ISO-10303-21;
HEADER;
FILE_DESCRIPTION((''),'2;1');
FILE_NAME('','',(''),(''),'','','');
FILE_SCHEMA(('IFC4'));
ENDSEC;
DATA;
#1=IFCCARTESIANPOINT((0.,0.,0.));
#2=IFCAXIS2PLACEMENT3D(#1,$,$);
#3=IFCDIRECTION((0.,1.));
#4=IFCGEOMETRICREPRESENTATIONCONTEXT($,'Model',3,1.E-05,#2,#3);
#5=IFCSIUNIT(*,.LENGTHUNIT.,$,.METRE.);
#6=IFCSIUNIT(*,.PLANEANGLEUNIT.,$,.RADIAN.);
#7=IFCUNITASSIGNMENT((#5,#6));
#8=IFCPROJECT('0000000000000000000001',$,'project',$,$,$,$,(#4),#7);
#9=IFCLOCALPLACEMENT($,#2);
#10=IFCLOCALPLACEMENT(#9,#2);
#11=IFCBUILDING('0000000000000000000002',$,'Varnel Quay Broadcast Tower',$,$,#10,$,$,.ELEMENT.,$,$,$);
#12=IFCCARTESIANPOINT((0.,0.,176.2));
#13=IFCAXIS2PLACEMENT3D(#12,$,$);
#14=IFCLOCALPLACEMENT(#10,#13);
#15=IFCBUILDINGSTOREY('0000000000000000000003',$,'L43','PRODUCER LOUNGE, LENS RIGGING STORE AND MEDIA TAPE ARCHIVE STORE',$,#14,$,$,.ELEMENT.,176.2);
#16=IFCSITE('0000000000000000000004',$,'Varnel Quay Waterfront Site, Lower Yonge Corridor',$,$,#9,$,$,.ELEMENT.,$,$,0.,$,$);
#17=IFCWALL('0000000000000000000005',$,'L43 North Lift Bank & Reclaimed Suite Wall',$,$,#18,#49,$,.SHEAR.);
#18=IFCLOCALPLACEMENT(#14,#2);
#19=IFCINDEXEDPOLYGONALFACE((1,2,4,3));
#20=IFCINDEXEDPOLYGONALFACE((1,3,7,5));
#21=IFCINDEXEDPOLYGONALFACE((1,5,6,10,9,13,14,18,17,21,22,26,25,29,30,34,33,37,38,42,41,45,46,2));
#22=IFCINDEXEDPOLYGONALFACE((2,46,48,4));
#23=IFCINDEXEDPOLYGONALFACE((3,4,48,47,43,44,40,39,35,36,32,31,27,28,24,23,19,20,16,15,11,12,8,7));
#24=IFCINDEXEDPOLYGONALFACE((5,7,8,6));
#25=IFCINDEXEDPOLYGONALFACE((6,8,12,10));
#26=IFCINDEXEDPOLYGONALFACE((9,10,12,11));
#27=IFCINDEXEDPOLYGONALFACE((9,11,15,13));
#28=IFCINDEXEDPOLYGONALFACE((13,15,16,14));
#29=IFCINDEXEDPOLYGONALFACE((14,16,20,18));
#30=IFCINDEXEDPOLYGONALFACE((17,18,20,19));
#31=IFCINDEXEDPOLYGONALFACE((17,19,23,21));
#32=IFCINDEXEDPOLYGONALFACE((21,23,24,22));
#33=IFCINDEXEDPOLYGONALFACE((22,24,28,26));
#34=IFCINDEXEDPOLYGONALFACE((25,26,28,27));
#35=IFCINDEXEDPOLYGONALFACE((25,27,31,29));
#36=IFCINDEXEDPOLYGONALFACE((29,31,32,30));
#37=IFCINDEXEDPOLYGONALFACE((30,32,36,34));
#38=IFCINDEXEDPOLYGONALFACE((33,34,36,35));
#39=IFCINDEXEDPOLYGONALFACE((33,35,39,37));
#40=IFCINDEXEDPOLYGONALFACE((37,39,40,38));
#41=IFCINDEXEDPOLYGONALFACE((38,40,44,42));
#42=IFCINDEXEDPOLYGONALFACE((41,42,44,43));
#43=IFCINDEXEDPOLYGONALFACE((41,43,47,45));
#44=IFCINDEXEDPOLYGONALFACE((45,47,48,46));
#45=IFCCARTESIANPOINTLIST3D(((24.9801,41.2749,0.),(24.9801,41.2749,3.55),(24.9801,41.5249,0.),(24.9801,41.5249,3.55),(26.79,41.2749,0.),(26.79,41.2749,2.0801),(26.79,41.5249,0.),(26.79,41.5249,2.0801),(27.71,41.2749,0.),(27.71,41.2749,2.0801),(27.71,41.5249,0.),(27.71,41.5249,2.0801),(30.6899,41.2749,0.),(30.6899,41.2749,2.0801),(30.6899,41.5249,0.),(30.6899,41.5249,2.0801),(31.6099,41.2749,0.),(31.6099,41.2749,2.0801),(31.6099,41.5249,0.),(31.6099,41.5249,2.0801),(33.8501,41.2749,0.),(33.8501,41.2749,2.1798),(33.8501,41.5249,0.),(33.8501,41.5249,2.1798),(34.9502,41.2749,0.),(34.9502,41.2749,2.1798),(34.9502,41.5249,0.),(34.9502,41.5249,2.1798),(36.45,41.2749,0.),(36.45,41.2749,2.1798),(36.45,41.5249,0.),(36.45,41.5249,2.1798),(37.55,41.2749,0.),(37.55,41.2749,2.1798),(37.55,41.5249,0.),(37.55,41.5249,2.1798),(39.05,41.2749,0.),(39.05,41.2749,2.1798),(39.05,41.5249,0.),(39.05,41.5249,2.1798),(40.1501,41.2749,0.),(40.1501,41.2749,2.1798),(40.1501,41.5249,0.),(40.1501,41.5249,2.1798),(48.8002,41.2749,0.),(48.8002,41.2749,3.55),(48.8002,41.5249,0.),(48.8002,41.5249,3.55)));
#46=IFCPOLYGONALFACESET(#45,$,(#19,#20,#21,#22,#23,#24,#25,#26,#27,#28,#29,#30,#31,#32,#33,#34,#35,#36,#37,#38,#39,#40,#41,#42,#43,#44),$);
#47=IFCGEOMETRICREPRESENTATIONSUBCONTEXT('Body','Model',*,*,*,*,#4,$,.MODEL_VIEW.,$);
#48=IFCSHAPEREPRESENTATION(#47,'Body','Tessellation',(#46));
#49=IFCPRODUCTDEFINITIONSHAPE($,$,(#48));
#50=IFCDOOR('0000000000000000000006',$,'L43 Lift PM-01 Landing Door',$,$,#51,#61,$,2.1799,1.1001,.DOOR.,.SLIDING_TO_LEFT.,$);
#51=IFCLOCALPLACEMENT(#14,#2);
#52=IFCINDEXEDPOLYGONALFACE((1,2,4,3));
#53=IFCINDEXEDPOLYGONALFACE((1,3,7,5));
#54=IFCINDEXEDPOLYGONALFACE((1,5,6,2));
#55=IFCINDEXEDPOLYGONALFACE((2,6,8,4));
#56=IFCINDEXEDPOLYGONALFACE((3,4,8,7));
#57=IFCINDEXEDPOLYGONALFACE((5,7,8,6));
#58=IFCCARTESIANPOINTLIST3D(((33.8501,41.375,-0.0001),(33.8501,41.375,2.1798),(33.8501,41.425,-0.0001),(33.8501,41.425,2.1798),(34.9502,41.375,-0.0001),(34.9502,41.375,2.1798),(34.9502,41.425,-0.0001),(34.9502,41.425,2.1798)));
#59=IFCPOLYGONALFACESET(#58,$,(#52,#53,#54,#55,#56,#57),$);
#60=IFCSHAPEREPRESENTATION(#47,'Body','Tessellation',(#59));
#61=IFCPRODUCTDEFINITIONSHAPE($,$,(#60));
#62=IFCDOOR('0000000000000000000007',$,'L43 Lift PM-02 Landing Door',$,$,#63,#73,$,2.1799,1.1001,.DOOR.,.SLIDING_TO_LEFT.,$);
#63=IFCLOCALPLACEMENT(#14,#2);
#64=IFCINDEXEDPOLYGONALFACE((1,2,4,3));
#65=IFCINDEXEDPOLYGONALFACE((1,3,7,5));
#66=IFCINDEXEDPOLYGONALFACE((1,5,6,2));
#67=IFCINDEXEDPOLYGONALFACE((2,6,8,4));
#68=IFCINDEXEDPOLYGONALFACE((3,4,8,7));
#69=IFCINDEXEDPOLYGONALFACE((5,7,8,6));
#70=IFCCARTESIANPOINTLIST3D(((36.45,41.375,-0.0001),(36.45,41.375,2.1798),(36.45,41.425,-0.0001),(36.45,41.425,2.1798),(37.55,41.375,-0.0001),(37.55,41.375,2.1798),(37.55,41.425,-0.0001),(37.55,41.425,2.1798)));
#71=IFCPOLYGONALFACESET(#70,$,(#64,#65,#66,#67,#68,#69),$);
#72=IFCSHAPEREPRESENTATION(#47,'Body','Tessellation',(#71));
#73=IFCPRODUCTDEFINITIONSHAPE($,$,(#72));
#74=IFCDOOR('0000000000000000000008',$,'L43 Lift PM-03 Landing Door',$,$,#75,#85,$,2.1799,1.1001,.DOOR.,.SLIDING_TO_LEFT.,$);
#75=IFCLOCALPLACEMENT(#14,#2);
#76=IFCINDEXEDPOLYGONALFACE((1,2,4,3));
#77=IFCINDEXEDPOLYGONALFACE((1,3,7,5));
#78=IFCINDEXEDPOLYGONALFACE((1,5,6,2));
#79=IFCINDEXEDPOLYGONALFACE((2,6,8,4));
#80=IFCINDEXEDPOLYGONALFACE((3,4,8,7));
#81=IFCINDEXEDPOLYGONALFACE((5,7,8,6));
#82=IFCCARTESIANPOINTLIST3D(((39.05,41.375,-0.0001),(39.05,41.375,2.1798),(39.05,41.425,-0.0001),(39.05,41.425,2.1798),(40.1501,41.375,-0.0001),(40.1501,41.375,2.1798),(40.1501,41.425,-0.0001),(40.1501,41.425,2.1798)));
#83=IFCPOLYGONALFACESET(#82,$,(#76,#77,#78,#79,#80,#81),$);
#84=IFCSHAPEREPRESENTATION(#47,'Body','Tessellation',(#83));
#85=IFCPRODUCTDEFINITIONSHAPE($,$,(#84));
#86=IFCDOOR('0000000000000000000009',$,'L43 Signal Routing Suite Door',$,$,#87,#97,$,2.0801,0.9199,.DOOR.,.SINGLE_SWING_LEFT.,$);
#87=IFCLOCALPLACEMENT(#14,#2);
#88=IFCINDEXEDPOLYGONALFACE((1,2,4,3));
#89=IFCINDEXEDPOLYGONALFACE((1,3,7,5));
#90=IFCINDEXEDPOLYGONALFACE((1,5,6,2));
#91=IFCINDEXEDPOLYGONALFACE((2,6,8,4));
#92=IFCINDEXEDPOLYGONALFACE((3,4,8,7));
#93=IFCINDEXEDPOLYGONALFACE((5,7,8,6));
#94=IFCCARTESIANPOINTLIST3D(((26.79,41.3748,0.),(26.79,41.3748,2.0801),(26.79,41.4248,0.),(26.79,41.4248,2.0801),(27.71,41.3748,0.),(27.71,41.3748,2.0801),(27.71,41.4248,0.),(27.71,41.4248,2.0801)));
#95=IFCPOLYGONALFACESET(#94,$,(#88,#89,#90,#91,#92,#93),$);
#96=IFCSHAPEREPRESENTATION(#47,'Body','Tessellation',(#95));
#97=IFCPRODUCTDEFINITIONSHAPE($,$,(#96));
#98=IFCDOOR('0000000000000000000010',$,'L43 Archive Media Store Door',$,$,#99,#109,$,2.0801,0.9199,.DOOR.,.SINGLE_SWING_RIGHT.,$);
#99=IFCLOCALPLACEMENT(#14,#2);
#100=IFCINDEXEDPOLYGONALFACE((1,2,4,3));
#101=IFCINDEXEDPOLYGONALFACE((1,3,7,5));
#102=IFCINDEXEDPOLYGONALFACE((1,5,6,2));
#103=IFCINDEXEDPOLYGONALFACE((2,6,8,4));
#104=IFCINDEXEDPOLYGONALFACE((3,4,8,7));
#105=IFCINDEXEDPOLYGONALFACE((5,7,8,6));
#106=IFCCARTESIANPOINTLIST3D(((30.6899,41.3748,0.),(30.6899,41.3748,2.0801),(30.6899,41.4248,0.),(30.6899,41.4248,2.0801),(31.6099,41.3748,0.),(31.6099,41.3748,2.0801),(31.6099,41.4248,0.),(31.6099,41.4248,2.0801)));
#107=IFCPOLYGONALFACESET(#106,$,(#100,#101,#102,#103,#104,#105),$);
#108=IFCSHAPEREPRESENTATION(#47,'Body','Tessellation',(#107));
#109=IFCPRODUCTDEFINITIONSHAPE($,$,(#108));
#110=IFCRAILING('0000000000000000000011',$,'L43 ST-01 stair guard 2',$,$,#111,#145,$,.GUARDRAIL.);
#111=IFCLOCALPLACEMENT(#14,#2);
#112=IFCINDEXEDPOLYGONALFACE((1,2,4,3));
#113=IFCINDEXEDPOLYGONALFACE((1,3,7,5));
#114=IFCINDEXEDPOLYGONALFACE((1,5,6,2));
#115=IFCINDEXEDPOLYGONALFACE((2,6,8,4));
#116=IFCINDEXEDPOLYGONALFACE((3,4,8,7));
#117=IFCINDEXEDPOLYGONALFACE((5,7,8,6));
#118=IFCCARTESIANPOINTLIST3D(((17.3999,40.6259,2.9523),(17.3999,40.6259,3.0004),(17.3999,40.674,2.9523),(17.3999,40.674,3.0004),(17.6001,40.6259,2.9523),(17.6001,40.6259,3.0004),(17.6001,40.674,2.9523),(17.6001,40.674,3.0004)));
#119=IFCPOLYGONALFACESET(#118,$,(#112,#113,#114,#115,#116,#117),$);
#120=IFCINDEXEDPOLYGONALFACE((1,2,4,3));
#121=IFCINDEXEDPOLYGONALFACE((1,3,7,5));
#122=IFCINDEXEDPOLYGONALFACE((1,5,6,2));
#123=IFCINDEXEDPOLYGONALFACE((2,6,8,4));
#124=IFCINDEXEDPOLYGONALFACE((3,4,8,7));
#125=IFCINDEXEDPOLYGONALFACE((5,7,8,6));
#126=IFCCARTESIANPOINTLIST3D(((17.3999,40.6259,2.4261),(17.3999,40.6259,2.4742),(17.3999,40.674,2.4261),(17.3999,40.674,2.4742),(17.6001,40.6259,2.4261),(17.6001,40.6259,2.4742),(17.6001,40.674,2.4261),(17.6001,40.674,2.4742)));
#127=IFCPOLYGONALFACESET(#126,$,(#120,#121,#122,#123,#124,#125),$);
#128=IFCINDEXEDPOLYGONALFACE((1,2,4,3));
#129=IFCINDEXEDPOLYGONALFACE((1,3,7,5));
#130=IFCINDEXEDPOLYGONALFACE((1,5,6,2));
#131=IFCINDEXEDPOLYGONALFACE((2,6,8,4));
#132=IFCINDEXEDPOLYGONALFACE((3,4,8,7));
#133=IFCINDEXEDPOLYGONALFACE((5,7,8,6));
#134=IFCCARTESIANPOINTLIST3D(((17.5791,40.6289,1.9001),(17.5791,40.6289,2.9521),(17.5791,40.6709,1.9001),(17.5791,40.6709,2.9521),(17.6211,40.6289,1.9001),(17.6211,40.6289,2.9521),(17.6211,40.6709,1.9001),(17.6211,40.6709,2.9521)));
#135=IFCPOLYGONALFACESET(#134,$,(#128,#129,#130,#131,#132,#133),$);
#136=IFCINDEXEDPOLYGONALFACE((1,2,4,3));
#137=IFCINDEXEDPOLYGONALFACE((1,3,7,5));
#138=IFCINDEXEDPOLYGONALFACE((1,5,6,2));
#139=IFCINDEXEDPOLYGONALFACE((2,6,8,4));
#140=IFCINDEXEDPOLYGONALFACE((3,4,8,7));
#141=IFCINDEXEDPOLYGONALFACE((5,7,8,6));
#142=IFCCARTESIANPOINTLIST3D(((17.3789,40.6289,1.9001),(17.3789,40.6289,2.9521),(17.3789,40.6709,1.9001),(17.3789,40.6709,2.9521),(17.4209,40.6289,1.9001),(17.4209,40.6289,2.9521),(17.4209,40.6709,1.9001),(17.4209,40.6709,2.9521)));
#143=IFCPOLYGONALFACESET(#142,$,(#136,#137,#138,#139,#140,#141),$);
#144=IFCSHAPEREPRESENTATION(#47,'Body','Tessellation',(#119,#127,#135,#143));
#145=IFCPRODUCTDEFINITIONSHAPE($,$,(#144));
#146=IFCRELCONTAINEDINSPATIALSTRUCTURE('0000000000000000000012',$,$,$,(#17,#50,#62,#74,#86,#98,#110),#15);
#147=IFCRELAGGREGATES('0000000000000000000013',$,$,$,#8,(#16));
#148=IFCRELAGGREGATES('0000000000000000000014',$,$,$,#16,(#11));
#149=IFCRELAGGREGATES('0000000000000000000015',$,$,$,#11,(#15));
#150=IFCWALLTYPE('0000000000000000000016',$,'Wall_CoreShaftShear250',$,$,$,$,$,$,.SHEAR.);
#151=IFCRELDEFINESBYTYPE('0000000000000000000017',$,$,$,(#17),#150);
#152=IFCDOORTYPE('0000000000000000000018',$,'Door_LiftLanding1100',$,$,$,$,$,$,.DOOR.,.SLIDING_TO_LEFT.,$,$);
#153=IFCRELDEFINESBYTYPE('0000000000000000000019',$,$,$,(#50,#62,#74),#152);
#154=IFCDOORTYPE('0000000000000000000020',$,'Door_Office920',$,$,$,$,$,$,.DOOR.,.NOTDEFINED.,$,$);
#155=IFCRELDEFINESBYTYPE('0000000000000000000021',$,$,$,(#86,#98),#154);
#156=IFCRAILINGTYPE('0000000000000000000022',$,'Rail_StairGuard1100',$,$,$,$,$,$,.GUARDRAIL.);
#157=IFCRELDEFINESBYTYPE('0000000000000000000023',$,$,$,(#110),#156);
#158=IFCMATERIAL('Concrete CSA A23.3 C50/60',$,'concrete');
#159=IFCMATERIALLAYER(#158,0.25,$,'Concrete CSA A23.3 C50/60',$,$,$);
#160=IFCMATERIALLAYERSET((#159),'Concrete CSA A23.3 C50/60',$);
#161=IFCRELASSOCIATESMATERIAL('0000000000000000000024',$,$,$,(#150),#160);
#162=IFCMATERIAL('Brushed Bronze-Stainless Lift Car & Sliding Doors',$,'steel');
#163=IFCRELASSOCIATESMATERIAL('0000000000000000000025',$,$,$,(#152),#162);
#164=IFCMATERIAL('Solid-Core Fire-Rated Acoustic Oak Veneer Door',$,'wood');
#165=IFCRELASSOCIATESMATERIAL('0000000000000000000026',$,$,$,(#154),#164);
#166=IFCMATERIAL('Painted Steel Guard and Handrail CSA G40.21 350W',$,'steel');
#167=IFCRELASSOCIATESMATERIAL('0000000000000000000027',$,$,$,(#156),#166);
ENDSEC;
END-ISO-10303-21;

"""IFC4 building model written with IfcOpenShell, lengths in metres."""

from ifc_helpers import new_model, si_unit, direction, frame, frame_2d, origin, origin_2d, place, context, subcontext, project, spatial, rectangle, extrude, source, transform, mapped, material, layer, layer_set, type_object, type_shapes, element, fill, save


model = new_model("IFC4")

# Units and contexts
model_context = context("Model", 3, precision=1e-05, world=origin(), true_north=direction((0.0, 1.0)))
body_context = subcontext(model_context, "Body", "Model", "MODEL_VIEW")
ifc_project = project(units=[si_unit("LENGTHUNIT", "METRE"), si_unit("PLANEANGLEUNIT", "RADIAN")], contexts=[model_context])

# Site, building, storey
site_placement = place(None, origin())
site = spatial("IfcSite", under=ifc_project, at=site_placement, Name="Varnel Quay Waterfront Site, Lower Yonge Corridor", CompositionType="ELEMENT", RefElevation=0.0)
building_placement = place(site_placement, origin())
building = spatial("IfcBuilding", under=site, at=building_placement, Name="Varnel Quay Broadcast Tower", CompositionType="ELEMENT")
storey_placement = place(building_placement, frame((0.0, 0.0, 176.2)))
storey = spatial("IfcBuildingStorey", under=building, at=storey_placement, Name="L43", Description="PRODUCER LOUNGE, LENS RIGGING STORE AND MEDIA TAPE ARCHIVE STORE", CompositionType="ELEMENT", Elevation=176.2)

# Shared definitions
ifc_material_1 = material(Name="Concrete CSA A23.3 C50/60", Category="concrete")

# Wall, openings, doors
ifc_layer_1 = layer(ifc_material_1, 0.25, Name="Concrete CSA A23.3 C50/60")
ifc_layer_set_1 = layer_set([ifc_layer_1], Name="Concrete CSA A23.3 C50/60")
wall_type_1 = type_object("IfcWallType", Name="Wall_CoreShaftShear250", PredefinedType="SHEAR", material=ifc_layer_set_1)
wall_1_placement = place(storey_placement, frame((24.98, 41.3999, 0.0), z_axis=(0.0, 0.0, 1.0), x_axis=(1.0, 0.0, 0.0)))
wall_1 = element("IfcWall", 1, at=wall_1_placement, inside=storey, type_object=wall_type_1, Name="L43 North Lift Bank & Reclaimed Suite Wall", PredefinedType="SHEAR", context=body_context, shape_type="SweptSolid", body=[
    extrude(rectangle(XDim=23.8201, YDim=0.25, at=frame_2d((11.9102, 0.0))), origin(), (0.0, 0.0, 1.0), 3.55),
])
opening_1_placement = place(wall_1_placement, frame((8.8701, 0.0, 0.0)))
opening_1 = element("IfcOpeningElement", 2, at=opening_1_placement, cuts=wall_1, PredefinedType="OPENING", context=body_context, shape_type="SweptSolid", body=[
    extrude(rectangle(XDim=1.1001, YDim=2.1799, at=frame_2d((0.55, 1.0898))), frame((0.0, 0.135, 0.0), z_axis=(0.0, -1.0, 0.0), x_axis=(1.0, 0.0, 0.0)), (0.0, 0.0, 1.0), 0.27),
])
opening_2_placement = place(wall_1_placement, frame((11.47, 0.0, 0.0)))
opening_2 = element("IfcOpeningElement", 3, at=opening_2_placement, cuts=wall_1, PredefinedType="OPENING", context=body_context, shape_type="SweptSolid", body=[
    extrude(rectangle(XDim=1.1001, YDim=2.1799, at=frame_2d((0.55, 1.0898))), frame((0.0, 0.135, 0.0), z_axis=(0.0, -1.0, 0.0), x_axis=(1.0, 0.0, 0.0)), (0.0, 0.0, 1.0), 0.27),
])
opening_3_placement = place(wall_1_placement, frame((14.0701, 0.0, 0.0)))
opening_3 = element("IfcOpeningElement", 4, at=opening_3_placement, cuts=wall_1, PredefinedType="OPENING", context=body_context, shape_type="SweptSolid", body=[
    extrude(rectangle(XDim=1.1001, YDim=2.1799, at=frame_2d((0.55, 1.0898))), frame((0.0, 0.135, 0.0), z_axis=(0.0, -1.0, 0.0), x_axis=(1.0, 0.0, 0.0)), (0.0, 0.0, 1.0), 0.27),
])
opening_4_placement = place(wall_1_placement, frame((1.8101, 0.0, 0.0)))
opening_4 = element("IfcOpeningElement", 5, at=opening_4_placement, cuts=wall_1, PredefinedType="OPENING", context=body_context, shape_type="SweptSolid", body=[
    extrude(rectangle(XDim=0.9199, YDim=2.0801, at=frame_2d((0.46, 1.04))), frame((0.0, 0.135, 0.0), z_axis=(0.0, -1.0, 0.0), x_axis=(1.0, 0.0, 0.0)), (0.0, 0.0, 1.0), 0.27),
])
opening_5_placement = place(wall_1_placement, frame((5.71, 0.0, 0.0)))
opening_5 = element("IfcOpeningElement", 6, at=opening_5_placement, cuts=wall_1, PredefinedType="OPENING", context=body_context, shape_type="SweptSolid", body=[
    extrude(rectangle(XDim=0.9199, YDim=2.0801, at=frame_2d((0.46, 1.04))), frame((0.0, 0.135, 0.0), z_axis=(0.0, -1.0, 0.0), x_axis=(1.0, 0.0, 0.0)), (0.0, 0.0, 1.0), 0.27),
])
ifc_material_2 = material(Name="Brushed Bronze-Stainless Lift Car & Sliding Doors", Category="steel")
door_type_1 = type_object("IfcDoorType", Name="Door_LiftLanding1100", OperationType="SLIDING_TO_LEFT", PredefinedType="DOOR", material=ifc_material_2)
shared_shape_1 = source(origin(), body_context, "Body", "SweptSolid", [
    extrude(rectangle(XDim=1.1001, YDim=2.1799, at=frame_2d((0.55, 1.0898))), frame((0.0, 0.0249, 0.0), z_axis=(0.0, -1.0, 0.0), x_axis=(1.0, 0.0, 0.0)), (0.0, 0.0, 1.0), 0.05),
])
type_shapes(door_type_1, [shared_shape_1])
door_1_placement = place(opening_1_placement, frame((1.1001, 0.0, 0.0), z_axis=(0.0, 0.0, 1.0), x_axis=(-1.0, 0.0, 0.0)))
door_1 = element("IfcDoor", 7, at=door_1_placement, inside=storey, type_object=door_type_1, Name="L43 Lift PM-01 Landing Door", OperationType="SLIDING_TO_LEFT", OverallHeight=2.1799, OverallWidth=1.1001, PredefinedType="DOOR", context=body_context, shape_type="MappedRepresentation", body=[
    mapped(shared_shape_1, transform((0.0, 0.0, 0.0), x_axis=(1.0, 0.0, 0.0), y_axis=(0.0, 1.0, 0.0), z_axis=(0.0, 0.0, 1.0), scale=1.0)),
])
fill(opening_1, door_1)
door_2_placement = place(opening_2_placement, frame((1.1001, 0.0, 0.0), z_axis=(0.0, 0.0, 1.0), x_axis=(-1.0, 0.0, 0.0)))
door_2 = element("IfcDoor", 8, at=door_2_placement, inside=storey, type_object=door_type_1, Name="L43 Lift PM-02 Landing Door", OperationType="SLIDING_TO_LEFT", OverallHeight=2.1799, OverallWidth=1.1001, PredefinedType="DOOR", context=body_context, shape_type="MappedRepresentation", body=[
    mapped(shared_shape_1, transform((0.0, 0.0, 0.0), x_axis=(1.0, 0.0, 0.0), y_axis=(0.0, 1.0, 0.0), z_axis=(0.0, 0.0, 1.0), scale=1.0)),
])
fill(opening_2, door_2)
door_3_placement = place(opening_3_placement, frame((1.1001, 0.0, 0.0), z_axis=(0.0, 0.0, 1.0), x_axis=(-1.0, 0.0, 0.0)))
door_3 = element("IfcDoor", 9, at=door_3_placement, inside=storey, type_object=door_type_1, Name="L43 Lift PM-03 Landing Door", OperationType="SLIDING_TO_LEFT", OverallHeight=2.1799, OverallWidth=1.1001, PredefinedType="DOOR", context=body_context, shape_type="MappedRepresentation", body=[
    mapped(shared_shape_1, transform((0.0, 0.0, 0.0), x_axis=(1.0, 0.0, 0.0), y_axis=(0.0, 1.0, 0.0), z_axis=(0.0, 0.0, 1.0), scale=1.0)),
])
fill(opening_3, door_3)
ifc_material_3 = material(Name="Solid-Core Fire-Rated Acoustic Oak Veneer Door", Category="wood")
door_type_2 = type_object("IfcDoorType", Name="Door_Office920", OperationType="NOTDEFINED", PredefinedType="DOOR", material=ifc_material_3)
shared_shape_2 = source(origin(), body_context, "Body", "SweptSolid", [
    extrude(rectangle(XDim=0.9199, YDim=2.0801, at=frame_2d((0.46, 1.04))), frame((0.0, 0.0249, 0.0), z_axis=(0.0, -1.0, 0.0), x_axis=(1.0, 0.0, 0.0)), (0.0, 0.0, 1.0), 0.05),
])
type_shapes(door_type_2, [shared_shape_2])
door_4_placement = place(opening_4_placement, origin())
door_4 = element("IfcDoor", 10, at=door_4_placement, inside=storey, type_object=door_type_2, Name="L43 Signal Routing Suite Door", OperationType="SINGLE_SWING_LEFT", OverallHeight=2.0801, OverallWidth=0.9199, PredefinedType="DOOR", context=body_context, shape_type="MappedRepresentation", body=[
    mapped(shared_shape_2, transform((0.0, 0.0, 0.0), x_axis=(1.0, 0.0, 0.0), y_axis=(0.0, 1.0, 0.0), z_axis=(0.0, 0.0, 1.0), scale=1.0)),
])
fill(opening_4, door_4)
door_5_placement = place(opening_5_placement, origin())
door_5 = element("IfcDoor", 11, at=door_5_placement, inside=storey, type_object=door_type_2, Name="L43 Archive Media Store Door", OperationType="SINGLE_SWING_RIGHT", OverallHeight=2.0801, OverallWidth=0.9199, PredefinedType="DOOR", context=body_context, shape_type="MappedRepresentation", body=[
    mapped(shared_shape_2, transform((0.0, 0.0, 0.0), x_axis=(1.0, 0.0, 0.0), y_axis=(0.0, 1.0, 0.0), z_axis=(0.0, 0.0, 1.0), scale=1.0)),
])
fill(opening_5, door_5)

# Railing
ifc_material_4 = material(Name="Painted Steel Guard and Handrail CSA G40.21 350W", Category="steel")
railing_type = type_object("IfcRailingType", Name="Rail_StairGuard1100", PredefinedType="GUARDRAIL", material=ifc_material_4)
railing_1_placement = place(storey_placement, frame((17.6001, 40.6499, 1.9001)))
element("IfcRailing", 12, at=railing_1_placement, inside=storey, type_object=railing_type, Name="L43 ST-01 stair guard 2", PredefinedType="GUARDRAIL", context=body_context, shape_type="SweptSolid", body=[
    extrude(rectangle(XDim=0.0481, YDim=0.0481, at=origin_2d()), frame((0.0, 0.0, 1.0762), z_axis=(-1.0, 0.0, 0.0), x_axis=(0.0, -1.0, 0.0)), (0.0, 0.0, 1.0), 0.2002),
    extrude(rectangle(XDim=0.0481, YDim=0.0481, at=origin_2d()), frame((0.0, 0.0, 0.55), z_axis=(-1.0, 0.0, 0.0), x_axis=(0.0, -1.0, 0.0)), (0.0, 0.0, 1.0), 0.2002),
    extrude(rectangle(XDim=0.042, YDim=0.042, at=origin_2d()), origin(), (0.0, 0.0, 1.0), 1.052),
    extrude(rectangle(XDim=0.042, YDim=0.042, at=origin_2d()), frame((-0.2002, 0.0, 0.0)), (0.0, 0.0, 1.0), 1.052),
])

save(model, "model.ifc")
